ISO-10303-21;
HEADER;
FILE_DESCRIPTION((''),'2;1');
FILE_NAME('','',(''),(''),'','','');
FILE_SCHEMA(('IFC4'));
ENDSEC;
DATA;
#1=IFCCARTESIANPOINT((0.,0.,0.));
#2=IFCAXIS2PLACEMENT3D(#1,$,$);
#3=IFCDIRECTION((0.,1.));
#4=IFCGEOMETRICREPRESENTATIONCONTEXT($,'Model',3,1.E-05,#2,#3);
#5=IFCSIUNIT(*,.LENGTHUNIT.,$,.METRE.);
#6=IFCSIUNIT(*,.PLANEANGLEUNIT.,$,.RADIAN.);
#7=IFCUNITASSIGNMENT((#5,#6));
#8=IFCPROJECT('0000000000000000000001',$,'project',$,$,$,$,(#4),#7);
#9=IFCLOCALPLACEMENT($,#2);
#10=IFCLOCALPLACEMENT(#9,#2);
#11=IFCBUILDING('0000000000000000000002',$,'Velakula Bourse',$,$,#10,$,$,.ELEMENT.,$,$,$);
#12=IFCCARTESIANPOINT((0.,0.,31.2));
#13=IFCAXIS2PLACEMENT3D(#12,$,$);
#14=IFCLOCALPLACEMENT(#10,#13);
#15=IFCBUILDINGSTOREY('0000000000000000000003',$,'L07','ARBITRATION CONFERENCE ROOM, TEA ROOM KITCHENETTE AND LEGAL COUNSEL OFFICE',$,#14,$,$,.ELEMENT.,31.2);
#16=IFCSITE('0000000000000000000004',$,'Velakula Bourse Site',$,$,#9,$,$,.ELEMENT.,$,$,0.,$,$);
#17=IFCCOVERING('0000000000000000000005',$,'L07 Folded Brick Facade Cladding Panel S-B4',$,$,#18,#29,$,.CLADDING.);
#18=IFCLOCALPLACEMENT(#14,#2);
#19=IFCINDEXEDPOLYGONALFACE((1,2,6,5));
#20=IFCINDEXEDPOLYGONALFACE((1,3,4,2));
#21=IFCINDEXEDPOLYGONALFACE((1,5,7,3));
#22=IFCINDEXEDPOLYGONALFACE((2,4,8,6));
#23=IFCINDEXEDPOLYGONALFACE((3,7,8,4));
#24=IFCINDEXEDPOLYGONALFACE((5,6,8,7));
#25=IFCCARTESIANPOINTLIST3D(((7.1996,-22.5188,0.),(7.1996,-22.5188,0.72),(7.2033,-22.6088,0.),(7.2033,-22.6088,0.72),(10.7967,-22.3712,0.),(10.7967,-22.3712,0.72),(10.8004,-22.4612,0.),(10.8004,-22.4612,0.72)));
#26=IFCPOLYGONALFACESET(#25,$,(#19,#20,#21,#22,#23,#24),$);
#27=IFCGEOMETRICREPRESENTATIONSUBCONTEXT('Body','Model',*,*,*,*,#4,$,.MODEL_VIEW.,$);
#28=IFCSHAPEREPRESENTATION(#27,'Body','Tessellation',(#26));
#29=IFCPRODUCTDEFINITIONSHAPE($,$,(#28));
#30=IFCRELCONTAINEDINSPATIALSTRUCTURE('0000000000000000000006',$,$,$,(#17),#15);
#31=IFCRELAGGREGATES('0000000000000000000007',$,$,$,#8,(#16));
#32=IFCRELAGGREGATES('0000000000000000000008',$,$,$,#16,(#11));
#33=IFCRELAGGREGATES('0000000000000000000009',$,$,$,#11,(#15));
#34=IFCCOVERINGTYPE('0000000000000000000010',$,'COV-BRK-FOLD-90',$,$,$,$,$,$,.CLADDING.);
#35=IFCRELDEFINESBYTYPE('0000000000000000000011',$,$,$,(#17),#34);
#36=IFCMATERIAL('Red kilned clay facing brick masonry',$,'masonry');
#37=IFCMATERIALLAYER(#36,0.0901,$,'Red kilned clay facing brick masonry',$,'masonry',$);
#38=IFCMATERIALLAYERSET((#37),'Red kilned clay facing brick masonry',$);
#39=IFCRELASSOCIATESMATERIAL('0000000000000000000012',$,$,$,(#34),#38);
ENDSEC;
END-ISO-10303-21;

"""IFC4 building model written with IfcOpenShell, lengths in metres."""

from ifc_helpers import new_model, si_unit, direction, frame, origin, origin_2d, place, context, subcontext, project, spatial, rectangle, extrude, material, layer, layer_set, type_object, element, save


model = new_model("IFC4")

# Units and contexts
model_context = context("Model", 3, precision=1e-05, world=origin(), true_north=direction((0.0, 1.0)))
body_context = subcontext(model_context, "Body", "Model", "MODEL_VIEW")
ifc_project = project(units=[si_unit("LENGTHUNIT", "METRE"), si_unit("PLANEANGLEUNIT", "RADIAN")], contexts=[model_context])

# Site, building, storey
site_placement = place(None, origin())
site = spatial("IfcSite", under=ifc_project, at=site_placement, Name="Velakula Bourse Site", CompositionType="ELEMENT", RefElevation=0.0)
building_placement = place(site_placement, origin())
building = spatial("IfcBuilding", under=site, at=building_placement, Name="Velakula Bourse", CompositionType="ELEMENT")
storey_placement = place(building_placement, frame((0.0, 0.0, 31.2)))
storey = spatial("IfcBuildingStorey", under=building, at=storey_placement, Name="L07", Description="ARBITRATION CONFERENCE ROOM, TEA ROOM KITCHENETTE AND LEGAL COUNSEL OFFICE", CompositionType="ELEMENT", Elevation=31.2)

# Shared definitions
ifc_material_1 = material(Name="Red kilned clay facing brick masonry", Category="masonry")

# Covering
ifc_layer_1 = layer(ifc_material_1, 0.0901, Name="Red kilned clay facing brick masonry", Category="masonry")
ifc_layer_set_1 = layer_set([ifc_layer_1], Name="Red kilned clay facing brick masonry")
covering_type = type_object("IfcCoveringType", Name="COV-BRK-FOLD-90", PredefinedType="CLADDING", material=ifc_layer_set_1)
covering_placement = place(storey_placement, frame((9.0, -22.49, 0.0), z_axis=(0.0, 0.0, 1.0), x_axis=(0.999159, 0.041004, 0.0)))
element("IfcCovering", 1, at=covering_placement, inside=storey, type_object=covering_type, Name="L07 Folded Brick Facade Cladding Panel S-B4", PredefinedType="CLADDING", context=body_context, shape_type="SweptSolid", body=[
    extrude(rectangle(XDim=3.6001, YDim=0.0901, at=origin_2d()), origin(), (0.0, 0.0, 1.0), 0.72),
])

save(model, "model.ifc")
